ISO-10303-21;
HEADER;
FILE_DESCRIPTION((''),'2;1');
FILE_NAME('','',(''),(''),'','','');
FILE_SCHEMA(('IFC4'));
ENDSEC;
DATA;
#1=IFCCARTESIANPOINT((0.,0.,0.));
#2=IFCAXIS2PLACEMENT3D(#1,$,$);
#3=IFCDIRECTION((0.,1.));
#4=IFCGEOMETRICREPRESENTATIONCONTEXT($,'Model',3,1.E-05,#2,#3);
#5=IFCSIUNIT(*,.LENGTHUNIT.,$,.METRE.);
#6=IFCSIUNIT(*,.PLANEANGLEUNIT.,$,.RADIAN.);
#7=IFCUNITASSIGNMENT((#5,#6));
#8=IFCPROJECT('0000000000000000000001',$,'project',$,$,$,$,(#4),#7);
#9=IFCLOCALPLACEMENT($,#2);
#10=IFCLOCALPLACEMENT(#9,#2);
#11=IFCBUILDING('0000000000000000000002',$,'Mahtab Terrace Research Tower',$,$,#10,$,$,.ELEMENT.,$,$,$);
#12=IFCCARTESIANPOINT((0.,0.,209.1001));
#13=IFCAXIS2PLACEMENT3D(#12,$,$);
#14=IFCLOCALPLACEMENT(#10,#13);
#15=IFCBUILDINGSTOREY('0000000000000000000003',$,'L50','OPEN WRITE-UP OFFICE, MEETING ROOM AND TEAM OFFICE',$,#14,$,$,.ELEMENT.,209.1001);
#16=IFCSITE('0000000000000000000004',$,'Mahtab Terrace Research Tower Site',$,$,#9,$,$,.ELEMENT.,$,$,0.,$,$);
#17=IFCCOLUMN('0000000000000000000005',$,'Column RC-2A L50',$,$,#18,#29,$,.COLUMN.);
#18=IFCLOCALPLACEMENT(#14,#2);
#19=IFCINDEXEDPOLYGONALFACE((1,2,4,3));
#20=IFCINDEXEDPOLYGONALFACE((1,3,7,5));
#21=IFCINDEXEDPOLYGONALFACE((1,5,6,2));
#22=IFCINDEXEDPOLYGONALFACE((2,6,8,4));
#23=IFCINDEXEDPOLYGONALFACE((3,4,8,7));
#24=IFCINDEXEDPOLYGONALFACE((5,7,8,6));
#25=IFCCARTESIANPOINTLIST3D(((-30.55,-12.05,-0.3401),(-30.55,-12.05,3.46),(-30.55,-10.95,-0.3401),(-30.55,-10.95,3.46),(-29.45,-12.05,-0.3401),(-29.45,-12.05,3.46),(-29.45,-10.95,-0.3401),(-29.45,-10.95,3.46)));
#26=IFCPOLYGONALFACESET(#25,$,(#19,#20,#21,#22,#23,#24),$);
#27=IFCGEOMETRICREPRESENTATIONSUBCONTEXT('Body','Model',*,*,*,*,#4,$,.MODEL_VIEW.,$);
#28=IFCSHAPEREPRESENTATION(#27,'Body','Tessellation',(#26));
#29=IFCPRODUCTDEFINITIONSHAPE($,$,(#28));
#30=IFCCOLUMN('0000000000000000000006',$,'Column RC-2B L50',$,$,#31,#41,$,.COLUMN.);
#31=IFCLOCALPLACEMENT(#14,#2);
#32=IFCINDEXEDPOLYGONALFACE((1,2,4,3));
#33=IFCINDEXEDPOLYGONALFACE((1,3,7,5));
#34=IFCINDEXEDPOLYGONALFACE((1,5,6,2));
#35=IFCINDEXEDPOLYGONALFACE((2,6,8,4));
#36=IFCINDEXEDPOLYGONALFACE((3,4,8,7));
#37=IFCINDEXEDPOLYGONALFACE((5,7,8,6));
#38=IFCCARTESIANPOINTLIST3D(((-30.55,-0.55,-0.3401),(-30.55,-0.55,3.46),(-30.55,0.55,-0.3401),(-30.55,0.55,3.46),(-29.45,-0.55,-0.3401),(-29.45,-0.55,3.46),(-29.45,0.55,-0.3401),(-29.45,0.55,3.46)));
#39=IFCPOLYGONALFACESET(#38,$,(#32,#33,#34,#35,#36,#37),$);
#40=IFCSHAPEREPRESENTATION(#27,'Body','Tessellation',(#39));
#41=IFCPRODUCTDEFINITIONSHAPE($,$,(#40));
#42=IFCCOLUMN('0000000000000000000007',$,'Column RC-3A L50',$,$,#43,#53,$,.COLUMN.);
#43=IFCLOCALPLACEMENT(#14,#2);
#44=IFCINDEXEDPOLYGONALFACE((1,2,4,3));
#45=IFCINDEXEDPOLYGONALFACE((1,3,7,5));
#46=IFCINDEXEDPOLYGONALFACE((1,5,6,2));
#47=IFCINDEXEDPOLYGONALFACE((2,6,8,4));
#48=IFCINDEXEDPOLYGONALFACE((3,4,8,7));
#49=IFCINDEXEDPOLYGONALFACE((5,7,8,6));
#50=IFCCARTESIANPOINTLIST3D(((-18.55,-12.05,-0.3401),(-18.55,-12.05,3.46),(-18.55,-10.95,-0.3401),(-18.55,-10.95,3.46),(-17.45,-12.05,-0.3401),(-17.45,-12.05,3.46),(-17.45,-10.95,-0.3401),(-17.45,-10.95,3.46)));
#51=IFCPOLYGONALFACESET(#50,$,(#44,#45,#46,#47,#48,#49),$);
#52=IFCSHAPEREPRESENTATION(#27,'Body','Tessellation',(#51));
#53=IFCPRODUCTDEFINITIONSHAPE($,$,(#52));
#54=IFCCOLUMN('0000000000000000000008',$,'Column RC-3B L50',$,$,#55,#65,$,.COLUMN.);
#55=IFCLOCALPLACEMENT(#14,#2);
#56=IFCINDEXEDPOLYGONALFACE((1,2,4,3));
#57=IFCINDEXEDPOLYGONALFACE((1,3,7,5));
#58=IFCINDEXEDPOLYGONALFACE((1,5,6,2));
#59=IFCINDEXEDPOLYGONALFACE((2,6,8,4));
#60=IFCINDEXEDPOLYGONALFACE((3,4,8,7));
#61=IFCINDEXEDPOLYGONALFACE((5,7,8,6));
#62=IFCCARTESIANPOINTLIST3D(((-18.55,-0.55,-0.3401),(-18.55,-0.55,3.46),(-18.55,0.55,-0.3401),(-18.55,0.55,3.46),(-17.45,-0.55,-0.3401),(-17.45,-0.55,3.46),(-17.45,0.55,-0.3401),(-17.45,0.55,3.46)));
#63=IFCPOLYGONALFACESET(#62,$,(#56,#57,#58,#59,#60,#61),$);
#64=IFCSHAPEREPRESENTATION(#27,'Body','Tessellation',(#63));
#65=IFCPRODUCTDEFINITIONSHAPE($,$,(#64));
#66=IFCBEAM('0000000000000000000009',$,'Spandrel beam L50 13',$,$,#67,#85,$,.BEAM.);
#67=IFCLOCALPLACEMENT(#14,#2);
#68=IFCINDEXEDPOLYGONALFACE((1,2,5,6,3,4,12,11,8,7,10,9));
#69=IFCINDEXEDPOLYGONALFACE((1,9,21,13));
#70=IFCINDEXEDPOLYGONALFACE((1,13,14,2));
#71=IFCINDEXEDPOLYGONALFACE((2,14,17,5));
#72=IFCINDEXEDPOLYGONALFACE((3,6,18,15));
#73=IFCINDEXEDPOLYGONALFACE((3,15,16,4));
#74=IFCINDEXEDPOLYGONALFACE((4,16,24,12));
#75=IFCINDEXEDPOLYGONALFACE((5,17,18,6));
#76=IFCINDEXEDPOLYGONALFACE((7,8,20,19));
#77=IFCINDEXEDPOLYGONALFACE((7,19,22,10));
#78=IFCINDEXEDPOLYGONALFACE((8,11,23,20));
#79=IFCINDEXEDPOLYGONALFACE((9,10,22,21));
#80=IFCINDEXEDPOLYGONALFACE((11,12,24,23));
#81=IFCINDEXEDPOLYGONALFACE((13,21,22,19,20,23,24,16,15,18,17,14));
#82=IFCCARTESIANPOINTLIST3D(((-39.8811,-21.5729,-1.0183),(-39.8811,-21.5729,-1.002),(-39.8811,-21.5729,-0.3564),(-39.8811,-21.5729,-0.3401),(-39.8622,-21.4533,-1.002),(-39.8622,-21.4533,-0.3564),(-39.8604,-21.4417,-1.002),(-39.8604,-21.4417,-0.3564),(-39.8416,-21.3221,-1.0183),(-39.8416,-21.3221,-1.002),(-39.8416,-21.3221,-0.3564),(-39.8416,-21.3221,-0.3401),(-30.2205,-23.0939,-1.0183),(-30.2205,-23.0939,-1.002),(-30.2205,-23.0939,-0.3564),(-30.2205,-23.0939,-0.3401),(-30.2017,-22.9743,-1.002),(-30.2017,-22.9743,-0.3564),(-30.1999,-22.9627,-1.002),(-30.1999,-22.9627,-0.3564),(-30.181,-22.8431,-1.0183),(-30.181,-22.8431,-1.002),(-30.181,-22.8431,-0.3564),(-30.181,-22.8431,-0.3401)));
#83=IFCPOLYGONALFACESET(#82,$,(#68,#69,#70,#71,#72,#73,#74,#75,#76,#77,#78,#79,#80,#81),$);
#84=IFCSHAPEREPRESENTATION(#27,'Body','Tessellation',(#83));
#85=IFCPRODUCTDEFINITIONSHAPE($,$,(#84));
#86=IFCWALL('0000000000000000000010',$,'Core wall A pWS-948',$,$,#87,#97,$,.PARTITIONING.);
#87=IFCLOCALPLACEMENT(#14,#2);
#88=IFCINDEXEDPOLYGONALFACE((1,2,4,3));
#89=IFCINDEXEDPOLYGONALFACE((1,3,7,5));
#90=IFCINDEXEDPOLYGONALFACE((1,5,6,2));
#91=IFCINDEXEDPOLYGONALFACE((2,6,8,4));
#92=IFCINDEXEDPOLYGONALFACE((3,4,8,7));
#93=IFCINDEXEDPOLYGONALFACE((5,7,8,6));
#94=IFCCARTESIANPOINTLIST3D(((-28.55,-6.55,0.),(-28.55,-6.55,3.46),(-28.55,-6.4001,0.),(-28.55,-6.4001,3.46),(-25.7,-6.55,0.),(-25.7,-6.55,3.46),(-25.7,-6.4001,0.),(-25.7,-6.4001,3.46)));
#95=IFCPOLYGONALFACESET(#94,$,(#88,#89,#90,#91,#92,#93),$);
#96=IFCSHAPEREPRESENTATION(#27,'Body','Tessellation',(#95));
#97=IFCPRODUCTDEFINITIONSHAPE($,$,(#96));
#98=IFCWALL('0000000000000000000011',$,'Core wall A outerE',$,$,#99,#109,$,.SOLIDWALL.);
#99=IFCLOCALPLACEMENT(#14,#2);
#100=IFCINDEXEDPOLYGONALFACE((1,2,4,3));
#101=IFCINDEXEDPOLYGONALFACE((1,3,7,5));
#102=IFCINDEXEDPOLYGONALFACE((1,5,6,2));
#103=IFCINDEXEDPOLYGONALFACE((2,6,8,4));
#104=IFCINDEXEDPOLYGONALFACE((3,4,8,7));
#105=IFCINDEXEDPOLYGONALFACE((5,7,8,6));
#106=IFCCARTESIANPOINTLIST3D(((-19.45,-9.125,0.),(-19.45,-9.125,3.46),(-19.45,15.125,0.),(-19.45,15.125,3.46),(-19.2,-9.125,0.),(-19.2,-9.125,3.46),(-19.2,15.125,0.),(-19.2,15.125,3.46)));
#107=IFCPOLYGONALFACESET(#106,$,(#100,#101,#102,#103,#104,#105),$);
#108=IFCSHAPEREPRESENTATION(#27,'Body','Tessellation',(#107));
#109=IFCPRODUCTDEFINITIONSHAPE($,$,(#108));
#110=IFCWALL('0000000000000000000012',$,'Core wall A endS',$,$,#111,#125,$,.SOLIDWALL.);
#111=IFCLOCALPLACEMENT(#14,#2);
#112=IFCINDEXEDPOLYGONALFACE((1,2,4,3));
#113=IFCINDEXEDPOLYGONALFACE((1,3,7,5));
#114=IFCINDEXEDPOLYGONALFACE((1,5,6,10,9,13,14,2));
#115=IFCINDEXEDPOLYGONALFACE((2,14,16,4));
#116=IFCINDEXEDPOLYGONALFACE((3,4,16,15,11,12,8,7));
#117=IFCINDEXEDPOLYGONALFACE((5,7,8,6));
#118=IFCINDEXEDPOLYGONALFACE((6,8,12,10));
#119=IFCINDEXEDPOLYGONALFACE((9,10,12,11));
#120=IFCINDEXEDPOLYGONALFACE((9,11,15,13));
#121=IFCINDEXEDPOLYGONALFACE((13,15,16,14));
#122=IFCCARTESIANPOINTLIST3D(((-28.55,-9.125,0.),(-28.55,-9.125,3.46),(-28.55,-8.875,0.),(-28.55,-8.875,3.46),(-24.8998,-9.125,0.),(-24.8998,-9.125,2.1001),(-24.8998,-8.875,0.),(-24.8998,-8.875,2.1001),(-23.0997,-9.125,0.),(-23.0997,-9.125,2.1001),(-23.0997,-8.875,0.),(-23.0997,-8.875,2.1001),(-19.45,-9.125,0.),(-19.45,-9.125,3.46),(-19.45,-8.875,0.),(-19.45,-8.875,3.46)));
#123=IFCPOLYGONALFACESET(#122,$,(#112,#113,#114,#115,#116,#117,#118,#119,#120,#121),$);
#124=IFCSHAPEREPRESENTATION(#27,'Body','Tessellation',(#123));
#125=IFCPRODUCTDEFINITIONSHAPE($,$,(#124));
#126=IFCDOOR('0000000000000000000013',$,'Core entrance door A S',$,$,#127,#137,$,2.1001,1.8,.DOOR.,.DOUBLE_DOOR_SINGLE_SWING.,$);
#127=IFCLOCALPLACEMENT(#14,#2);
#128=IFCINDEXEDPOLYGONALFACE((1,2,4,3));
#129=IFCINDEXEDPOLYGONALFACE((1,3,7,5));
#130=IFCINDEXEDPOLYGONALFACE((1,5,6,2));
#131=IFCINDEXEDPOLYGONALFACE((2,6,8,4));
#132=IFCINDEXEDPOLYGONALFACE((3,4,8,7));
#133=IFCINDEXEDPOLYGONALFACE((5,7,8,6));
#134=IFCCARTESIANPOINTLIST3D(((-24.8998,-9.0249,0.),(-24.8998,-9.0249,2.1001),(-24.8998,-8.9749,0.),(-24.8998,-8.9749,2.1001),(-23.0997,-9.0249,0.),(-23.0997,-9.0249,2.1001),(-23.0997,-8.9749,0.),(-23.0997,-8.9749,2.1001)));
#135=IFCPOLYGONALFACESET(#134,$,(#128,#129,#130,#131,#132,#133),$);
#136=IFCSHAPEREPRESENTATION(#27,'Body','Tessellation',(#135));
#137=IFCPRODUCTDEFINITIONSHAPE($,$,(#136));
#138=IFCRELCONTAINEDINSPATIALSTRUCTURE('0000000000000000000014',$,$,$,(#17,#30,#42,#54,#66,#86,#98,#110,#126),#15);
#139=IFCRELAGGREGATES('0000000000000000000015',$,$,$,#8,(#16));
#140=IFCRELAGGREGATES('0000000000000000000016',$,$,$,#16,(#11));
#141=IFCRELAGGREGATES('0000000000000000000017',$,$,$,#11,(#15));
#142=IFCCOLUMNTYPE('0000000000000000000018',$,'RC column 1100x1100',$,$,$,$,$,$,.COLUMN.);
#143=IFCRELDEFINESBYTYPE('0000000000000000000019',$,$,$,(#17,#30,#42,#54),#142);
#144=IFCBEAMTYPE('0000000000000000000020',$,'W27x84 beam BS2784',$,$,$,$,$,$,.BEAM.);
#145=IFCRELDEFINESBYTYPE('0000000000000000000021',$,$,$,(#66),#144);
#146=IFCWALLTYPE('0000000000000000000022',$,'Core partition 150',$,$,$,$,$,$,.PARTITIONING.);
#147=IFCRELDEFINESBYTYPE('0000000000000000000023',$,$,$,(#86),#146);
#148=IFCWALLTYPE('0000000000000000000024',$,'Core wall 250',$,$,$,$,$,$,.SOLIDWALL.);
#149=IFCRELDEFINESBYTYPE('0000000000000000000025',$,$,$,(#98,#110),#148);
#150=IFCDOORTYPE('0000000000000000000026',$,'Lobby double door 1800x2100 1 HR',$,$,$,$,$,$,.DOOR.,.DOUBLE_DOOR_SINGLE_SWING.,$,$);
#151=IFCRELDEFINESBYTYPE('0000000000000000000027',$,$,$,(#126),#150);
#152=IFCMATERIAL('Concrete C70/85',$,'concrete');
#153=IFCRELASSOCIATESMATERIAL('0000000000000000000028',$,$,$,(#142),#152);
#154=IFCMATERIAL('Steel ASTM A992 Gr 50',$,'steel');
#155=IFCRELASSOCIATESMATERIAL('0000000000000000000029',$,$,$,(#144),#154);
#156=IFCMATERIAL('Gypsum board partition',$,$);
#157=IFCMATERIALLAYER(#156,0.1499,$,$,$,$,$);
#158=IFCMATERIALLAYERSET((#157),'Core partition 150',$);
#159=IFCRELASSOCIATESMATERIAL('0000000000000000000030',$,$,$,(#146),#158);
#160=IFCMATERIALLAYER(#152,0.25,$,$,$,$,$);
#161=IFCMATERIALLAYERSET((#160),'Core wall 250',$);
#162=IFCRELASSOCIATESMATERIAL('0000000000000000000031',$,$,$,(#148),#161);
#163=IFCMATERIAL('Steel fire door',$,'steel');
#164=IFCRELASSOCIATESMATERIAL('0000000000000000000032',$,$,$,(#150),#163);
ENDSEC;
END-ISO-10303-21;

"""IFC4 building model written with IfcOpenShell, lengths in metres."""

from ifc_helpers import new_model, si_unit, direction, frame, frame_2d, origin, origin_2d, place, context, subcontext, project, spatial, rectangle, i_section, extrude, material, layer, layer_set, material_profile, profile_set, type_object, element, fill, save


model = new_model("IFC4")

# Units and contexts
model_context = context("Model", 3, precision=1e-05, world=origin(), true_north=direction((0.0, 1.0)))
body_context = subcontext(model_context, "Body", "Model", "MODEL_VIEW")
ifc_project = project(units=[si_unit("LENGTHUNIT", "METRE"), si_unit("PLANEANGLEUNIT", "RADIAN")], contexts=[model_context])

# Site, building, storey
site_placement = place(None, origin())
site = spatial("IfcSite", under=ifc_project, at=site_placement, Name="Mahtab Terrace Research Tower Site", CompositionType="ELEMENT", RefElevation=0.0)
building_placement = place(site_placement, origin())
building = spatial("IfcBuilding", under=site, at=building_placement, Name="Mahtab Terrace Research Tower", CompositionType="ELEMENT")
storey_placement = place(building_placement, frame((0.0, 0.0, 209.1001)))
storey = spatial("IfcBuildingStorey", under=building, at=storey_placement, Name="L50", Description="OPEN WRITE-UP OFFICE, MEETING ROOM AND TEAM OFFICE", CompositionType="ELEMENT", Elevation=209.1001)

# Columns
ifc_material_1 = material(Name="Concrete C70/85", Category="concrete")
ifc_material_profile_1 = material_profile(ifc_material_1, rectangle(XDim=1.1001, YDim=1.1001, at=origin_2d()), Name="RC column 1100x1100")
ifc_profile_set_1 = profile_set([ifc_material_profile_1], Name="Concrete C70/85")
column_type = type_object("IfcColumnType", Name="RC column 1100x1100", PredefinedType="COLUMN", material=ifc_profile_set_1)
for number, where, z_axis, x_axis, name in (
    (1, (-30.0, -11.5, -0.3401), (0.0, 0.0, 1.0), (1.0, 0.0, 0.0), "Column RC-2A L50"),
    (2, (-30.0, 0.0, -0.3401), (0.0, 0.0, 1.0), (1.0, 0.0, 0.0), "Column RC-2B L50"),
    (3, (-18.0, -11.5, -0.3401), (0.0, 0.0, 1.0), (1.0, 0.0, 0.0), "Column RC-3A L50"),
    (4, (-18.0, 0.0, -0.3401), (0.0, 0.0, 1.0), (1.0, 0.0, 0.0), "Column RC-3B L50"),
):
    element("IfcColumn", number, at=place(storey_placement, frame(where, z_axis=z_axis, x_axis=x_axis)), inside=storey, type_object=column_type, Name=name, PredefinedType="COLUMN", context=body_context, shape_type="SweptSolid", body=[
        extrude(rectangle(XDim=1.1001, YDim=1.1001, at=origin_2d()), origin(), (0.0, 0.0, 1.0), 3.8),
    ])

# Beam
ifc_material_2 = material(Name="Steel ASTM A992 Gr 50", Category="steel")
ifc_material_profile_2 = material_profile(ifc_material_2, i_section(OverallWidth=0.2539, OverallDepth=0.6782, WebThickness=0.0117, FlangeThickness=0.0164, at=origin_2d()), Name="W27X84")
ifc_profile_set_2 = profile_set([ifc_material_profile_2], Name="Steel ASTM A992 Gr 50")
beam_type = type_object("IfcBeamType", Name="W27x84 beam BS2784", PredefinedType="BEAM", material=ifc_profile_set_2)
beam_placement = place(storey_placement, frame((-39.8613, -21.4475, -0.6792), z_axis=(0.987832, -0.155527, 0.0), x_axis=(0.155527, 0.987832, 0.0)))
element("IfcBeam", 5, at=beam_placement, inside=storey, type_object=beam_type, Name="Spandrel beam L50 13", PredefinedType="BEAM", context=body_context, shape_type="SweptSolid", body=[
    extrude(i_section(OverallWidth=0.2539, OverallDepth=0.6782, WebThickness=0.0117, FlangeThickness=0.0164, at=origin_2d()), origin(), (0.0, 0.0, 1.0), 9.7795),
])

# Walls
ifc_material_3 = material(Name="Gypsum board partition")
ifc_layer_1 = layer(ifc_material_3, 0.1499)
ifc_layer_set_1 = layer_set([ifc_layer_1], Name="Core partition 150")
wall_type_1 = type_object("IfcWallType", Name="Core partition 150", PredefinedType="PARTITIONING", material=ifc_layer_set_1)
wall_1_placement = place(storey_placement, frame((-28.55, -6.4751, 0.0), z_axis=(0.0, 0.0, 1.0), x_axis=(1.0, 0.0, 0.0)))
element("IfcWall", 6, at=wall_1_placement, inside=storey, type_object=wall_type_1, Name="Core wall A pWS-948", PredefinedType="PARTITIONING", context=body_context, shape_type="SweptSolid", body=[
    extrude(rectangle(XDim=2.8501, YDim=0.1499, at=frame_2d((1.425, 0.0))), origin(), (0.0, 0.0, 1.0), 3.46),
])
ifc_layer_2 = layer(ifc_material_1, 0.25)
ifc_layer_set_2 = layer_set([ifc_layer_2], Name="Core wall 250")
wall_type_2 = type_object("IfcWallType", Name="Core wall 250", PredefinedType="SOLIDWALL", material=ifc_layer_set_2)
wall_2_placement = place(storey_placement, frame((-19.325, -9.125, 0.0), z_axis=(0.0, 0.0, 1.0), x_axis=(0.0, 1.0, 0.0)))
element("IfcWall", 7, at=wall_2_placement, inside=storey, type_object=wall_type_2, Name="Core wall A outerE", PredefinedType="SOLIDWALL", context=body_context, shape_type="SweptSolid", body=[
    extrude(rectangle(XDim=24.25, YDim=0.25, at=frame_2d((12.125, 0.0))), origin(), (0.0, 0.0, 1.0), 3.46),
])

# Wall, opening, door
wall_3_placement = place(storey_placement, frame((-19.45, -9.0, 0.0), z_axis=(0.0, 0.0, 1.0), x_axis=(-1.0, 0.0, 0.0)))
wall_3 = element("IfcWall", 8, at=wall_3_placement, inside=storey, type_object=wall_type_2, Name="Core wall A endS", PredefinedType="SOLIDWALL", context=body_context, shape_type="SweptSolid", body=[
    extrude(rectangle(XDim=9.1001, YDim=0.25, at=frame_2d((4.55, 0.0))), origin(), (0.0, 0.0, 1.0), 3.46),
])
opening_1_placement = place(wall_3_placement, frame((3.6499, 0.0, 0.0)))
opening_1 = element("IfcOpeningElement", 9, at=opening_1_placement, cuts=wall_3, PredefinedType="OPENING", context=body_context, shape_type="SweptSolid", body=[
    extrude(rectangle(XDim=1.8, YDim=2.1001, at=frame_2d((0.8999, 1.05))), frame((0.0, 0.135, 0.0), z_axis=(0.0, -1.0, 0.0), x_axis=(1.0, 0.0, 0.0)), (0.0, 0.0, 1.0), 0.27),
])
ifc_material_4 = material(Name="Steel fire door", Category="steel")
door_type_1 = type_object("IfcDoorType", Name="Lobby double door 1800x2100 1 HR", OperationType="DOUBLE_DOOR_SINGLE_SWING", PredefinedType="DOOR", material=ifc_material_4)
door_1_placement = place(opening_1_placement, origin())
door_1 = element("IfcDoor", 10, at=door_1_placement, inside=storey, type_object=door_type_1, Name="Core entrance door A S", OperationType="DOUBLE_DOOR_SINGLE_SWING", OverallHeight=2.1001, OverallWidth=1.8, PredefinedType="DOOR", context=body_context, shape_type="SweptSolid", body=[
    extrude(rectangle(XDim=1.8, YDim=2.1001, at=frame_2d((0.8999, 1.05))), frame((0.0, 0.0249, 0.0), z_axis=(0.0, -1.0, 0.0), x_axis=(1.0, 0.0, 0.0)), (0.0, 0.0, 1.0), 0.05),
])
fill(opening_1, door_1)

save(model, "model.ifc")
